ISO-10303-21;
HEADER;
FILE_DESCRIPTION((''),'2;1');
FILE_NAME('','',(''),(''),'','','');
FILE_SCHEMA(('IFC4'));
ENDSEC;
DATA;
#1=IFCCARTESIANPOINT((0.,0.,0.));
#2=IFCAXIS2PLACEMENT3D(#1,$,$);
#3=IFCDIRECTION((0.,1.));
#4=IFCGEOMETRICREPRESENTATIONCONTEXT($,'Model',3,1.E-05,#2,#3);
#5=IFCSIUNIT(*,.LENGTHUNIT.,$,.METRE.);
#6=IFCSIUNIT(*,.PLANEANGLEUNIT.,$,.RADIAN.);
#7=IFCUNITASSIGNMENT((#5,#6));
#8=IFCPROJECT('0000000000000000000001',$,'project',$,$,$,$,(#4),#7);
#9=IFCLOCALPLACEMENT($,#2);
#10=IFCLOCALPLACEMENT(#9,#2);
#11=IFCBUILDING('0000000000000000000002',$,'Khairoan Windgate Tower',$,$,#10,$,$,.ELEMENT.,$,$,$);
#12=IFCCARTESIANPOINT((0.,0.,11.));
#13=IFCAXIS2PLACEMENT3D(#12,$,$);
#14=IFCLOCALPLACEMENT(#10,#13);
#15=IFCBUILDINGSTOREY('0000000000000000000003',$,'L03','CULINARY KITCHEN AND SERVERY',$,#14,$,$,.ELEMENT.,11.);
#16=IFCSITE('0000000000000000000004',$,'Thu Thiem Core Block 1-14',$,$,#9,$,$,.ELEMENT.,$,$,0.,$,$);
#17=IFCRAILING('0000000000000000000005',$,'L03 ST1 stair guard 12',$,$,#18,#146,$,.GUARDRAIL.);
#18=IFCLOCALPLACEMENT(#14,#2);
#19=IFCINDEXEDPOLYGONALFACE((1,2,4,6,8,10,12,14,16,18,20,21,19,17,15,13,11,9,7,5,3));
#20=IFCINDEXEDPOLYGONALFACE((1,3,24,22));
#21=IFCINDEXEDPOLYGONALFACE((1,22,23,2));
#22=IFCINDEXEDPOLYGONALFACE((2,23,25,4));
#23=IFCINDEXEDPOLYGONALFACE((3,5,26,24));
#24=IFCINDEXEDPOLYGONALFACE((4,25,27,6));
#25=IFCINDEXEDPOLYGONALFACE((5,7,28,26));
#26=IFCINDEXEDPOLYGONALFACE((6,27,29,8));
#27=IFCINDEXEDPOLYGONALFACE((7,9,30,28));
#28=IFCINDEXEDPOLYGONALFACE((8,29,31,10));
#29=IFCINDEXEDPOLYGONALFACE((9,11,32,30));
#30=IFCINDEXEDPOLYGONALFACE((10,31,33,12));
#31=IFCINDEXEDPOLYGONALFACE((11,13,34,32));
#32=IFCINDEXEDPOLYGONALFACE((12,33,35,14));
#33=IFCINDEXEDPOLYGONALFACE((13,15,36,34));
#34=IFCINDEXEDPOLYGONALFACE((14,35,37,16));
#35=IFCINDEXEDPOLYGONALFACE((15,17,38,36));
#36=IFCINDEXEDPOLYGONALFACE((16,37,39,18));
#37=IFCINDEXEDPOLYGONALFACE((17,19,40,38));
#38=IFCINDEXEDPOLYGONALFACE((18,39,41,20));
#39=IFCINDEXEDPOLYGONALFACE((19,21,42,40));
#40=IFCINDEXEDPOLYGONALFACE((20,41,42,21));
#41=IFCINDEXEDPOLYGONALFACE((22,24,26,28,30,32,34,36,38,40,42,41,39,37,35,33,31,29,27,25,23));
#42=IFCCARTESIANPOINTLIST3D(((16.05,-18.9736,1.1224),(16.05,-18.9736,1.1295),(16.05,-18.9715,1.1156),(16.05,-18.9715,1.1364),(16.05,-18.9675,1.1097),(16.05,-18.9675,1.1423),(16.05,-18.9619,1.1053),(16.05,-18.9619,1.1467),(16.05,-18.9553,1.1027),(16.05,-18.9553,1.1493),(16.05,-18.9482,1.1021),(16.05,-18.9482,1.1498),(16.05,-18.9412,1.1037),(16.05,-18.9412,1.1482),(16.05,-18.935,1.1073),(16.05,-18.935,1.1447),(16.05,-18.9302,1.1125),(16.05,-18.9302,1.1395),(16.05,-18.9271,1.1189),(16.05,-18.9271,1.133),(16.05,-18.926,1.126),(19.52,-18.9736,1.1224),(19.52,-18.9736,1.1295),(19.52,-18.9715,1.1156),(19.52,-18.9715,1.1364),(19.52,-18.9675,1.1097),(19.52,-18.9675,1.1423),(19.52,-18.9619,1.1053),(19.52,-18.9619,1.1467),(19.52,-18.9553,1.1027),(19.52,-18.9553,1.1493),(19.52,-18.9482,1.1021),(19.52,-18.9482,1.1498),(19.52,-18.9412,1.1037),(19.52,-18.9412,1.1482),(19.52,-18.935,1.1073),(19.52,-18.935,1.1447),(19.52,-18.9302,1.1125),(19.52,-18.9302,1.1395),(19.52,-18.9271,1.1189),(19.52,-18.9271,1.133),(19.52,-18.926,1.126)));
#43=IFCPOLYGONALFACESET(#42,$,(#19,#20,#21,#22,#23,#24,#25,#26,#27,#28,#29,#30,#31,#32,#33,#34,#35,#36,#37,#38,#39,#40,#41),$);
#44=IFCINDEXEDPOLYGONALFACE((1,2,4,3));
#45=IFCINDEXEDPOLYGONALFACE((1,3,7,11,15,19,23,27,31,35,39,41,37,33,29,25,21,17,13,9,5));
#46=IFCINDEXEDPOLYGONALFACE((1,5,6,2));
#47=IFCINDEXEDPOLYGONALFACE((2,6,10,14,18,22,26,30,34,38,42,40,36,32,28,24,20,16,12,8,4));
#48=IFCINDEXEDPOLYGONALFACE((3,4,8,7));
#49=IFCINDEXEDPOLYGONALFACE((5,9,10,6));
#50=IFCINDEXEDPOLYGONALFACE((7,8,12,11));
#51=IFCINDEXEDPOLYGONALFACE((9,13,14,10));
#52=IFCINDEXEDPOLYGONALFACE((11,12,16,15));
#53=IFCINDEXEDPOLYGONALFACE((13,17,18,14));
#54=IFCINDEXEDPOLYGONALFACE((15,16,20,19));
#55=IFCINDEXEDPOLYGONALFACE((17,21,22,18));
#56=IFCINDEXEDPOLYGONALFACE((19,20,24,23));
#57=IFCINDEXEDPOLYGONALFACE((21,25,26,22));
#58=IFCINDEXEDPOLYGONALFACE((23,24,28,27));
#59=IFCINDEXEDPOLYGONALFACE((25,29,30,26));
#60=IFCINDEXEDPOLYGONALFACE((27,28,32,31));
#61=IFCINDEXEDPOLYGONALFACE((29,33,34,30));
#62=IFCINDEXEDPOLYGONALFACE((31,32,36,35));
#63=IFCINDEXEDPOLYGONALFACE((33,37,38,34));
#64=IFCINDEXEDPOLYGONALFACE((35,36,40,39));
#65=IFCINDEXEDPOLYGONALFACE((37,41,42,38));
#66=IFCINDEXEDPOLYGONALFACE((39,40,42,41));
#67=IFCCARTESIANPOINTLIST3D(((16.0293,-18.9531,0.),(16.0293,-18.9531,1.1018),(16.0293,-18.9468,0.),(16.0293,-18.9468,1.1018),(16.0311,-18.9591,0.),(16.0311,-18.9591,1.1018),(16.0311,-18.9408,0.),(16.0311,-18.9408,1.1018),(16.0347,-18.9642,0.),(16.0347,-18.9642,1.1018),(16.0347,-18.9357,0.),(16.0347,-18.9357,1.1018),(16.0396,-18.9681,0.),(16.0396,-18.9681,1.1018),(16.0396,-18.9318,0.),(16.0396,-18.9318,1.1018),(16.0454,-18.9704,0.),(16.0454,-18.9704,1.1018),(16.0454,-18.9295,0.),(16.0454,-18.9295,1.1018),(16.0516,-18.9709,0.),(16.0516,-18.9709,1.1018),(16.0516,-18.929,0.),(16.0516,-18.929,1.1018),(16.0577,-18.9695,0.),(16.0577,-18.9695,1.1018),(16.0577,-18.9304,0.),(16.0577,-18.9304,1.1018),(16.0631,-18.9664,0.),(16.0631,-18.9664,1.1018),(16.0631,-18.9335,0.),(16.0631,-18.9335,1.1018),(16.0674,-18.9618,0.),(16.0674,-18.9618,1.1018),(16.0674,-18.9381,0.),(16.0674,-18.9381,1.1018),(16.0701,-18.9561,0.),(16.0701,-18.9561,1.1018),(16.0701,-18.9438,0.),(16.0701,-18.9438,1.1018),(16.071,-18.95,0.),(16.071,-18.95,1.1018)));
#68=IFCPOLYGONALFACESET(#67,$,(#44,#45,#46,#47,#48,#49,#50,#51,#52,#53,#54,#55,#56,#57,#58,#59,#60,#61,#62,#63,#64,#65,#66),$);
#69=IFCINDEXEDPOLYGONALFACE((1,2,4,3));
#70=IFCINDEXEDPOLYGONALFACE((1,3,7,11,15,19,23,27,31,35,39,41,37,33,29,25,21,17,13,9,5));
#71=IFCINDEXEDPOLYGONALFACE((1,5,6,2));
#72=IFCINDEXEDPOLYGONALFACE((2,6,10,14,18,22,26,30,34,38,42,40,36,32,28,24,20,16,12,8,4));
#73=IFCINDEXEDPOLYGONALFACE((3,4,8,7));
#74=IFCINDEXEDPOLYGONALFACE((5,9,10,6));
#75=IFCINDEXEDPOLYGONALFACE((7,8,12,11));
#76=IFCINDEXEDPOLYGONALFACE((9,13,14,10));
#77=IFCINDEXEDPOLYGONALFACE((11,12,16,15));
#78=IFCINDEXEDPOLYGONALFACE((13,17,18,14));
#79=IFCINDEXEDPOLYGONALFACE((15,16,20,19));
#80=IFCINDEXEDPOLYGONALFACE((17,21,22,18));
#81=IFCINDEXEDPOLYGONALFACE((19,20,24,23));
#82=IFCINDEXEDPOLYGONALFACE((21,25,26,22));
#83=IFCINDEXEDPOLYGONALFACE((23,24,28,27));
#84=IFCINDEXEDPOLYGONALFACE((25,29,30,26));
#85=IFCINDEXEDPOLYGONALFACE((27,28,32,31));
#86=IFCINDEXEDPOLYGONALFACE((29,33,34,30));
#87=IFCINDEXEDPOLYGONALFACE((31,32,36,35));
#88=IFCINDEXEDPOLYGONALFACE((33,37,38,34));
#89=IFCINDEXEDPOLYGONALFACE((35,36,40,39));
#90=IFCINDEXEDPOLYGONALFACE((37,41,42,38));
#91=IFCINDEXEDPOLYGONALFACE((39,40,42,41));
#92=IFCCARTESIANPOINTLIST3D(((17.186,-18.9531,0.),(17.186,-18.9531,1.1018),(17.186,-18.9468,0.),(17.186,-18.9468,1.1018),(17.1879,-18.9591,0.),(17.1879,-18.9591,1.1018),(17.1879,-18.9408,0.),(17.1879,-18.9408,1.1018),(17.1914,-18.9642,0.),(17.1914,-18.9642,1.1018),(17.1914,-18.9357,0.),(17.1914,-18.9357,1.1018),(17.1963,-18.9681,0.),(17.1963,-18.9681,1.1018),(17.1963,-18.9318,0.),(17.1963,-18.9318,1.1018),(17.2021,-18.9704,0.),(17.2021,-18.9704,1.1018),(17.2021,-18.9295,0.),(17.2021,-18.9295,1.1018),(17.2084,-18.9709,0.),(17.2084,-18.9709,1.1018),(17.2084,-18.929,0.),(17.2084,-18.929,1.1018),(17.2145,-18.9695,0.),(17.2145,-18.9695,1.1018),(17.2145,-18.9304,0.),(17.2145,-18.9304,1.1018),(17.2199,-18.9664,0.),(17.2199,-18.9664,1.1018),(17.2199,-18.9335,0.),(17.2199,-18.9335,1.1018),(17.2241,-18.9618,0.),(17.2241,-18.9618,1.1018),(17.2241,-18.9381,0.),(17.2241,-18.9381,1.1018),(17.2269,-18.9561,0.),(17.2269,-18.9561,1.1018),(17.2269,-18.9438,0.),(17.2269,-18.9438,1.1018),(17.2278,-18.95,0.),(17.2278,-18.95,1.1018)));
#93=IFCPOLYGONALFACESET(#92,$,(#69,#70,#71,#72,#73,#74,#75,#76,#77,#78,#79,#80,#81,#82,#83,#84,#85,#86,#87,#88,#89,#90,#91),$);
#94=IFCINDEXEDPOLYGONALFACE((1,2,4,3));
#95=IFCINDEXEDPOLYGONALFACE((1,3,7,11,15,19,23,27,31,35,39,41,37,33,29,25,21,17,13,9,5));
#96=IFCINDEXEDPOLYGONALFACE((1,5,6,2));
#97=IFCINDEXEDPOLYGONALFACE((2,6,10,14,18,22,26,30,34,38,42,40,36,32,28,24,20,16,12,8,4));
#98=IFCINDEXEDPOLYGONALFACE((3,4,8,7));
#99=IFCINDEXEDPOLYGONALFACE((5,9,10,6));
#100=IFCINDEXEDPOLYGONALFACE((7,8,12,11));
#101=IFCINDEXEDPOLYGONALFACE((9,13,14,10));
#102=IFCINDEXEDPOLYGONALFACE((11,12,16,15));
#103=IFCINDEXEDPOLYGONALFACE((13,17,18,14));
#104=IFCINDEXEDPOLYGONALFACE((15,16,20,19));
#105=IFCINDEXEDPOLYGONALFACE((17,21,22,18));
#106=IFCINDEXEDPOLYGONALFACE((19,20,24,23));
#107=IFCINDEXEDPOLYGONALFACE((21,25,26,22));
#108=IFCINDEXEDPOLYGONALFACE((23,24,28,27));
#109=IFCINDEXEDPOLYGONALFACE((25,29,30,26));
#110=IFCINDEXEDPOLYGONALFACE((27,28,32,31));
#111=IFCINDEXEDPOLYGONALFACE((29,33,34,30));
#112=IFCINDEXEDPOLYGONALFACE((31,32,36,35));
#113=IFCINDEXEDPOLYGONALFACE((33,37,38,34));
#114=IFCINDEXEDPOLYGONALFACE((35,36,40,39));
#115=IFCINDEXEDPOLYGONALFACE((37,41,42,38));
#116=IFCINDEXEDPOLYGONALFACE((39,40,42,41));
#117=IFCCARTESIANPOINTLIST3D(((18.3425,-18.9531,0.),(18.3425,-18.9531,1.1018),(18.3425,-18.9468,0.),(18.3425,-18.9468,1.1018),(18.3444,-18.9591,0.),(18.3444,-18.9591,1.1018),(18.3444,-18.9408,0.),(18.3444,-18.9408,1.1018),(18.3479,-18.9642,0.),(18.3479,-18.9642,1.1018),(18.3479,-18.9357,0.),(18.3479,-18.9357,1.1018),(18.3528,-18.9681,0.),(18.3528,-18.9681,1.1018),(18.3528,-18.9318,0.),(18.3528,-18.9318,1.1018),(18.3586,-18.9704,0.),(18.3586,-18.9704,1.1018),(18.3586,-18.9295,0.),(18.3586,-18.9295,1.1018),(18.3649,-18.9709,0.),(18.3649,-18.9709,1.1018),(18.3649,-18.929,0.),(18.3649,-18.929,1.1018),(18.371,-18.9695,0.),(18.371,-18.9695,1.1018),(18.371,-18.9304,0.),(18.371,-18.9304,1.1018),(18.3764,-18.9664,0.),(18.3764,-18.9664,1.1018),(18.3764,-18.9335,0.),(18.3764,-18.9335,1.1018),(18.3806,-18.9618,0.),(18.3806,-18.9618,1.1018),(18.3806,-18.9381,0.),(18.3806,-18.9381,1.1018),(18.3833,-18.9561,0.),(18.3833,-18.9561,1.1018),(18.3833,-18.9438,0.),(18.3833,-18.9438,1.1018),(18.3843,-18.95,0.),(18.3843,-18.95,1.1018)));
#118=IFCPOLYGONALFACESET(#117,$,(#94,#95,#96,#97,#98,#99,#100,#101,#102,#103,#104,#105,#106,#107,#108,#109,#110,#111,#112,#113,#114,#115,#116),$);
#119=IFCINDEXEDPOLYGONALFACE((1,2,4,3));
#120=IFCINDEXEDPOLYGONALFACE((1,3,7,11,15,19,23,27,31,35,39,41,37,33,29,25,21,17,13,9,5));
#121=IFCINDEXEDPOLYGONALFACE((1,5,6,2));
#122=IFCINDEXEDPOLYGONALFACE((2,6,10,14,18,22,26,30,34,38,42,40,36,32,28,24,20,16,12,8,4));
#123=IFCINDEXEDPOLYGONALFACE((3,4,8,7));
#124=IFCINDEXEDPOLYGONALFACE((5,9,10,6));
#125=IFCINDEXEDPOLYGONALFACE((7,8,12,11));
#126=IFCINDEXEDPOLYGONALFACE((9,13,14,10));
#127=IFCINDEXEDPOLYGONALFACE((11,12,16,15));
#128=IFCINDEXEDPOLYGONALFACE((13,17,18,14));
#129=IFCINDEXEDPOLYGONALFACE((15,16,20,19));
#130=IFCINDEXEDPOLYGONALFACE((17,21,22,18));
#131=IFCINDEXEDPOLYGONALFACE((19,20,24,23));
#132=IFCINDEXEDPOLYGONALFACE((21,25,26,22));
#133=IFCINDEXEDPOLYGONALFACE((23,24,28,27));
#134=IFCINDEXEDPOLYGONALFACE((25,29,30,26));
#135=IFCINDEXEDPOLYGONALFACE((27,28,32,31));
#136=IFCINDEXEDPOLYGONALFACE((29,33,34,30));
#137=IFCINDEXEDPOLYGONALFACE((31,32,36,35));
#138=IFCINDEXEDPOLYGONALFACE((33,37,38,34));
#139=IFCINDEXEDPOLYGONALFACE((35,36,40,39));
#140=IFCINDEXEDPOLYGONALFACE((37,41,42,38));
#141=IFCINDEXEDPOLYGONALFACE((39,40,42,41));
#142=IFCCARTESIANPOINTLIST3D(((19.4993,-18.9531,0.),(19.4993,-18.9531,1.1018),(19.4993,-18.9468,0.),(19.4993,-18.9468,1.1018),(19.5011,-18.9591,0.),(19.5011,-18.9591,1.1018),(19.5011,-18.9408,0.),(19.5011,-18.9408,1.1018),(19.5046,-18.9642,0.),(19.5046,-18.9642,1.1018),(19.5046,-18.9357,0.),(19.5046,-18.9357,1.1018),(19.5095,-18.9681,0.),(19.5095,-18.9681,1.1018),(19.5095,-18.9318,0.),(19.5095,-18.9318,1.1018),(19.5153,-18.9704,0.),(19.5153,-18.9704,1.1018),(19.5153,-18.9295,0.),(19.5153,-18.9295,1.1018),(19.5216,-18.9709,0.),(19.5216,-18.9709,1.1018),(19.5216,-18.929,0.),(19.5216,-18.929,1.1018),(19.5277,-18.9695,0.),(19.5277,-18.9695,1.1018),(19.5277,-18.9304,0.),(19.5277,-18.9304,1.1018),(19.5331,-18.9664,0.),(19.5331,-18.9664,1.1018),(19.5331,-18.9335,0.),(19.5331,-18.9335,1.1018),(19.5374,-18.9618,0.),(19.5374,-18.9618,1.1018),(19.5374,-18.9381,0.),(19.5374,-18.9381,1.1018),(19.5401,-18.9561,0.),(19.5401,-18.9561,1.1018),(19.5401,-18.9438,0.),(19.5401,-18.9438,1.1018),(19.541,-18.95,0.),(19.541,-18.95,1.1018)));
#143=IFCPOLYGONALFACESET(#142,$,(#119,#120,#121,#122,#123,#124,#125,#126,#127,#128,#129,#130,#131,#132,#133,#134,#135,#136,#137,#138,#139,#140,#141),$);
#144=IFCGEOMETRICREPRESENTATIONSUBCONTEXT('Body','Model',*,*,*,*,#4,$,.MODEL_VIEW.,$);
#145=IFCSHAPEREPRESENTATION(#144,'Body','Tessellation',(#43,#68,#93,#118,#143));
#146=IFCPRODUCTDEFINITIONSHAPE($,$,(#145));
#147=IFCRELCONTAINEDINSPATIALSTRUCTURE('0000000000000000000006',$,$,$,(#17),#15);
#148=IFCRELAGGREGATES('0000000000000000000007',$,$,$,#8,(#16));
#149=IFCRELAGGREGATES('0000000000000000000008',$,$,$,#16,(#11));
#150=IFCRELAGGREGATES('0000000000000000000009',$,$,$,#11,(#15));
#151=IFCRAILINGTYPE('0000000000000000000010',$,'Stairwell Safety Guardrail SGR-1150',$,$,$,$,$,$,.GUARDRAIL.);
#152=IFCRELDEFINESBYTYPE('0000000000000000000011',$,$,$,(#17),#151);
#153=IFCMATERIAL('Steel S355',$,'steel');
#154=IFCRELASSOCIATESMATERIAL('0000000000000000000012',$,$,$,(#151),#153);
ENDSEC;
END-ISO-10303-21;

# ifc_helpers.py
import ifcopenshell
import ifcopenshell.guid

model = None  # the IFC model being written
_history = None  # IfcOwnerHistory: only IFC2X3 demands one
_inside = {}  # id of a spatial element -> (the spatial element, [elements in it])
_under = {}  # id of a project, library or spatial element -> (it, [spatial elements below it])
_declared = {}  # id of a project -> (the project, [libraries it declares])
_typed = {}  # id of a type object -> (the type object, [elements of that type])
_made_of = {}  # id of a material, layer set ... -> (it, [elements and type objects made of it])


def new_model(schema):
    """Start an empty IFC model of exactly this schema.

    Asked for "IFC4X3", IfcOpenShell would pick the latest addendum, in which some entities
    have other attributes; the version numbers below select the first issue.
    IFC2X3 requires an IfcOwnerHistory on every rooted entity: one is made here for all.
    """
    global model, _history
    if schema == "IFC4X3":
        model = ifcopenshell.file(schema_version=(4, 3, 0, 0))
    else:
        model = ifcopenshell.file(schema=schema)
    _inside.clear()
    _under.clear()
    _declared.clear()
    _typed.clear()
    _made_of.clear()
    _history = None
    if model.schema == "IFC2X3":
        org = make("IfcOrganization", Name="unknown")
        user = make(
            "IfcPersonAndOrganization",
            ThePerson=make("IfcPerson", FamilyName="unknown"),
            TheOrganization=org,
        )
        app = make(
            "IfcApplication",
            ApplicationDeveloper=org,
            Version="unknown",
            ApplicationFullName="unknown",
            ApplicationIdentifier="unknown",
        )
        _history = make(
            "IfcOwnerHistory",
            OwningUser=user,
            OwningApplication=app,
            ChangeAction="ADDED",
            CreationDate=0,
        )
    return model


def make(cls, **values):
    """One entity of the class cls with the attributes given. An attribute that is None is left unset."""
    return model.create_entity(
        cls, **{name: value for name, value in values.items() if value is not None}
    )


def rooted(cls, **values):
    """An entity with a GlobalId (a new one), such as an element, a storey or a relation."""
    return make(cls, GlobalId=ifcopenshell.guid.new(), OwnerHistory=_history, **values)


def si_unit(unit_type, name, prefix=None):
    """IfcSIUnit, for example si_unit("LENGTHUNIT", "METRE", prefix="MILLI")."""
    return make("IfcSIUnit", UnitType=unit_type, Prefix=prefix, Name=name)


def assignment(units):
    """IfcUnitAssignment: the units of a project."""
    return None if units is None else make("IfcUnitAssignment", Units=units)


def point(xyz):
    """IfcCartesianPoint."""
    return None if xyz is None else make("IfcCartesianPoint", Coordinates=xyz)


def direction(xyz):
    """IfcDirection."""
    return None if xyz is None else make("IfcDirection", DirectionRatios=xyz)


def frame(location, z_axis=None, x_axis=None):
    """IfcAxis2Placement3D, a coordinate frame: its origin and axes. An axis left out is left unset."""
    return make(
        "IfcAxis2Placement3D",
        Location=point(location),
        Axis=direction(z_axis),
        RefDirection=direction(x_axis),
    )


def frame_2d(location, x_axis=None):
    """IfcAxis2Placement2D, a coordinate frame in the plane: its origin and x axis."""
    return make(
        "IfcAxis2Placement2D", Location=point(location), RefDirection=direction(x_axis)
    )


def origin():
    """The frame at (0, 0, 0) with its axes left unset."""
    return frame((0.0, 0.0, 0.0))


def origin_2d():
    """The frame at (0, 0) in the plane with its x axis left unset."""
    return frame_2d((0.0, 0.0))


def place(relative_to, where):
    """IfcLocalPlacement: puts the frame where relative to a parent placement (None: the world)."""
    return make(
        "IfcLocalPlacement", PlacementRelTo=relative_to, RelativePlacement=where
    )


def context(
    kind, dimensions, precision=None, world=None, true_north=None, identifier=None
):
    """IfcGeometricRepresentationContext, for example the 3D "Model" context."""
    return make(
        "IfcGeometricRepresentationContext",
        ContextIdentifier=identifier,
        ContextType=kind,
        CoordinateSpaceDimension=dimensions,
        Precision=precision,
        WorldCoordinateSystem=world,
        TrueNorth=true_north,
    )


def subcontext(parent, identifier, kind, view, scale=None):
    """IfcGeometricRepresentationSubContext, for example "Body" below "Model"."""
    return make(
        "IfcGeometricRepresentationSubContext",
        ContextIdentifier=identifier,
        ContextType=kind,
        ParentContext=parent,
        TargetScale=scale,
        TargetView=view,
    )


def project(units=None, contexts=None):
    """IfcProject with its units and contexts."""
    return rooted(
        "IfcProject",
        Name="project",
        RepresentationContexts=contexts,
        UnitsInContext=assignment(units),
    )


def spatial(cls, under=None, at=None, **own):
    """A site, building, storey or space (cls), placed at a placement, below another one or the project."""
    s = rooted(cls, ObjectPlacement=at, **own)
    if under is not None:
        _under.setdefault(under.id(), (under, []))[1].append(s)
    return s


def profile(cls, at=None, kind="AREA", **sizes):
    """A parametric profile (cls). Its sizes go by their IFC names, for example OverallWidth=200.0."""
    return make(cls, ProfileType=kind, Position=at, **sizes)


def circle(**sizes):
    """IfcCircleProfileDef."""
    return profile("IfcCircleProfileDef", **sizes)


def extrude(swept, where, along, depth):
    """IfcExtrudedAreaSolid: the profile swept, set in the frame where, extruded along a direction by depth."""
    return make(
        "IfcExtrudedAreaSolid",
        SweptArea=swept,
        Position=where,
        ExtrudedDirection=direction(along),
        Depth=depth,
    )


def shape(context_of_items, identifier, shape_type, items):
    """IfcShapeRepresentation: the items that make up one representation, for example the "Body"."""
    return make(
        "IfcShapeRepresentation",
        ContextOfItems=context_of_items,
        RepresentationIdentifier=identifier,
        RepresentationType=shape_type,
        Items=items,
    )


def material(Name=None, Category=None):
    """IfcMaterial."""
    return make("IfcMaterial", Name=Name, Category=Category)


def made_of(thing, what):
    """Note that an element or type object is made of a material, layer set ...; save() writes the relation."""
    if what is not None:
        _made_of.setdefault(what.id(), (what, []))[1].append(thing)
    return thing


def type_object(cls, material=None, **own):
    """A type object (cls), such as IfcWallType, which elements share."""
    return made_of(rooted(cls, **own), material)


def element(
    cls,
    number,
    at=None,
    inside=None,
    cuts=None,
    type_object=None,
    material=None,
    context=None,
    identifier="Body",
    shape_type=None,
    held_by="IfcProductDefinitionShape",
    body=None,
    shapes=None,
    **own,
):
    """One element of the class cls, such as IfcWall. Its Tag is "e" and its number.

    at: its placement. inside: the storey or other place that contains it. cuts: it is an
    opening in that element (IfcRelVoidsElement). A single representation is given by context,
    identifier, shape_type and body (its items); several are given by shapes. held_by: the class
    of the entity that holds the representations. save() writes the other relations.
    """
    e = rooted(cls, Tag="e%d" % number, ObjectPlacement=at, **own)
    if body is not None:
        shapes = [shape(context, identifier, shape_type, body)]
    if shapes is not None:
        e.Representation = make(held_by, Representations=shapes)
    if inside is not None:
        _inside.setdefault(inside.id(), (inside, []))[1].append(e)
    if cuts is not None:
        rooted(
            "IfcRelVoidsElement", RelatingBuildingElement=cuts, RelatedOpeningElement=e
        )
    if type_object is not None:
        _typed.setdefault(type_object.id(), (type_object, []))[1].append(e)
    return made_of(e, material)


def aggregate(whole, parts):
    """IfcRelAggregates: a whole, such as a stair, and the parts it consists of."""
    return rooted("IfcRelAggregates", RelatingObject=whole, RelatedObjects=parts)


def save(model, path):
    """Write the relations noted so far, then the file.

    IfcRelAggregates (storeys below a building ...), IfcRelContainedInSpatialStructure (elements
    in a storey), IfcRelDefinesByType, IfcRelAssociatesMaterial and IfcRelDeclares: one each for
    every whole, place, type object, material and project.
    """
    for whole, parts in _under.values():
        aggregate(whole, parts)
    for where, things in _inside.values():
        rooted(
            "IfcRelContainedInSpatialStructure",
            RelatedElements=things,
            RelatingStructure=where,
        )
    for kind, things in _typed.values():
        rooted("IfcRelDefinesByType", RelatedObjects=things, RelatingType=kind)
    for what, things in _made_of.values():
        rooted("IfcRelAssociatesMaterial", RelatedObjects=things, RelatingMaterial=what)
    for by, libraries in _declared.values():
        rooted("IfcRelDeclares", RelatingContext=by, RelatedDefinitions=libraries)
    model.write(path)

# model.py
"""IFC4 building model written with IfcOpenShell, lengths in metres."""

from ifc_helpers import new_model, si_unit, direction, frame, origin, origin_2d, place, context, subcontext, project, spatial, circle, extrude, material, type_object, element, save


model = new_model("IFC4")

# Units and contexts
model_context = context("Model", 3, precision=1e-05, world=origin(), true_north=direction((0.0, 1.0)))
body_context = subcontext(model_context, "Body", "Model", "MODEL_VIEW")
ifc_project = project(units=[si_unit("LENGTHUNIT", "METRE"), si_unit("PLANEANGLEUNIT", "RADIAN")], contexts=[model_context])

# Site, building, storey
site_placement = place(None, origin())
site = spatial("IfcSite", under=ifc_project, at=site_placement, Name="Thu Thiem Core Block 1-14", CompositionType="ELEMENT", RefElevation=0.0)
building_placement = place(site_placement, origin())
building = spatial("IfcBuilding", under=site, at=building_placement, Name="Khairoan Windgate Tower", CompositionType="ELEMENT")
storey_placement = place(building_placement, frame((0.0, 0.0, 11.0)))
storey = spatial("IfcBuildingStorey", under=building, at=storey_placement, Name="L03", Description="CULINARY KITCHEN AND SERVERY", CompositionType="ELEMENT", Elevation=11.0)

# Railing
ifc_material_1 = material(Name="Steel S355", Category="steel")
railing_type = type_object("IfcRailingType", Name="Stairwell Safety Guardrail SGR-1150", PredefinedType="GUARDRAIL", material=ifc_material_1)
railing_1_placement = place(storey_placement, frame((16.05, -18.95, 0.0)))
element("IfcRailing", 1, at=railing_1_placement, inside=storey, type_object=railing_type, Name="L03 ST1 stair guard 12", PredefinedType="GUARDRAIL", context=body_context, shape_type="SweptSolid", body=[
    extrude(circle(Radius=0.0239, at=origin_2d()), frame((0.0, 0.0, 1.126), z_axis=(1.0, 0.0, 0.0), x_axis=(0.0, 1.0, 0.0)), (0.0, 0.0, 1.0), 3.47),
    extrude(circle(Radius=0.021, at=origin_2d()), origin(), (0.0, 0.0, 1.0), 1.1018),
    extrude(circle(Radius=0.021, at=origin_2d()), frame((1.1567, 0.0, 0.0)), (0.0, 0.0, 1.0), 1.1018),
    extrude(circle(Radius=0.021, at=origin_2d()), frame((2.3132, 0.0, 0.0)), (0.0, 0.0, 1.0), 1.1018),
    extrude(circle(Radius=0.021, at=origin_2d()), frame((3.47, 0.0, 0.0)), (0.0, 0.0, 1.0), 1.1018),
])

save(model, "model.ifc")
